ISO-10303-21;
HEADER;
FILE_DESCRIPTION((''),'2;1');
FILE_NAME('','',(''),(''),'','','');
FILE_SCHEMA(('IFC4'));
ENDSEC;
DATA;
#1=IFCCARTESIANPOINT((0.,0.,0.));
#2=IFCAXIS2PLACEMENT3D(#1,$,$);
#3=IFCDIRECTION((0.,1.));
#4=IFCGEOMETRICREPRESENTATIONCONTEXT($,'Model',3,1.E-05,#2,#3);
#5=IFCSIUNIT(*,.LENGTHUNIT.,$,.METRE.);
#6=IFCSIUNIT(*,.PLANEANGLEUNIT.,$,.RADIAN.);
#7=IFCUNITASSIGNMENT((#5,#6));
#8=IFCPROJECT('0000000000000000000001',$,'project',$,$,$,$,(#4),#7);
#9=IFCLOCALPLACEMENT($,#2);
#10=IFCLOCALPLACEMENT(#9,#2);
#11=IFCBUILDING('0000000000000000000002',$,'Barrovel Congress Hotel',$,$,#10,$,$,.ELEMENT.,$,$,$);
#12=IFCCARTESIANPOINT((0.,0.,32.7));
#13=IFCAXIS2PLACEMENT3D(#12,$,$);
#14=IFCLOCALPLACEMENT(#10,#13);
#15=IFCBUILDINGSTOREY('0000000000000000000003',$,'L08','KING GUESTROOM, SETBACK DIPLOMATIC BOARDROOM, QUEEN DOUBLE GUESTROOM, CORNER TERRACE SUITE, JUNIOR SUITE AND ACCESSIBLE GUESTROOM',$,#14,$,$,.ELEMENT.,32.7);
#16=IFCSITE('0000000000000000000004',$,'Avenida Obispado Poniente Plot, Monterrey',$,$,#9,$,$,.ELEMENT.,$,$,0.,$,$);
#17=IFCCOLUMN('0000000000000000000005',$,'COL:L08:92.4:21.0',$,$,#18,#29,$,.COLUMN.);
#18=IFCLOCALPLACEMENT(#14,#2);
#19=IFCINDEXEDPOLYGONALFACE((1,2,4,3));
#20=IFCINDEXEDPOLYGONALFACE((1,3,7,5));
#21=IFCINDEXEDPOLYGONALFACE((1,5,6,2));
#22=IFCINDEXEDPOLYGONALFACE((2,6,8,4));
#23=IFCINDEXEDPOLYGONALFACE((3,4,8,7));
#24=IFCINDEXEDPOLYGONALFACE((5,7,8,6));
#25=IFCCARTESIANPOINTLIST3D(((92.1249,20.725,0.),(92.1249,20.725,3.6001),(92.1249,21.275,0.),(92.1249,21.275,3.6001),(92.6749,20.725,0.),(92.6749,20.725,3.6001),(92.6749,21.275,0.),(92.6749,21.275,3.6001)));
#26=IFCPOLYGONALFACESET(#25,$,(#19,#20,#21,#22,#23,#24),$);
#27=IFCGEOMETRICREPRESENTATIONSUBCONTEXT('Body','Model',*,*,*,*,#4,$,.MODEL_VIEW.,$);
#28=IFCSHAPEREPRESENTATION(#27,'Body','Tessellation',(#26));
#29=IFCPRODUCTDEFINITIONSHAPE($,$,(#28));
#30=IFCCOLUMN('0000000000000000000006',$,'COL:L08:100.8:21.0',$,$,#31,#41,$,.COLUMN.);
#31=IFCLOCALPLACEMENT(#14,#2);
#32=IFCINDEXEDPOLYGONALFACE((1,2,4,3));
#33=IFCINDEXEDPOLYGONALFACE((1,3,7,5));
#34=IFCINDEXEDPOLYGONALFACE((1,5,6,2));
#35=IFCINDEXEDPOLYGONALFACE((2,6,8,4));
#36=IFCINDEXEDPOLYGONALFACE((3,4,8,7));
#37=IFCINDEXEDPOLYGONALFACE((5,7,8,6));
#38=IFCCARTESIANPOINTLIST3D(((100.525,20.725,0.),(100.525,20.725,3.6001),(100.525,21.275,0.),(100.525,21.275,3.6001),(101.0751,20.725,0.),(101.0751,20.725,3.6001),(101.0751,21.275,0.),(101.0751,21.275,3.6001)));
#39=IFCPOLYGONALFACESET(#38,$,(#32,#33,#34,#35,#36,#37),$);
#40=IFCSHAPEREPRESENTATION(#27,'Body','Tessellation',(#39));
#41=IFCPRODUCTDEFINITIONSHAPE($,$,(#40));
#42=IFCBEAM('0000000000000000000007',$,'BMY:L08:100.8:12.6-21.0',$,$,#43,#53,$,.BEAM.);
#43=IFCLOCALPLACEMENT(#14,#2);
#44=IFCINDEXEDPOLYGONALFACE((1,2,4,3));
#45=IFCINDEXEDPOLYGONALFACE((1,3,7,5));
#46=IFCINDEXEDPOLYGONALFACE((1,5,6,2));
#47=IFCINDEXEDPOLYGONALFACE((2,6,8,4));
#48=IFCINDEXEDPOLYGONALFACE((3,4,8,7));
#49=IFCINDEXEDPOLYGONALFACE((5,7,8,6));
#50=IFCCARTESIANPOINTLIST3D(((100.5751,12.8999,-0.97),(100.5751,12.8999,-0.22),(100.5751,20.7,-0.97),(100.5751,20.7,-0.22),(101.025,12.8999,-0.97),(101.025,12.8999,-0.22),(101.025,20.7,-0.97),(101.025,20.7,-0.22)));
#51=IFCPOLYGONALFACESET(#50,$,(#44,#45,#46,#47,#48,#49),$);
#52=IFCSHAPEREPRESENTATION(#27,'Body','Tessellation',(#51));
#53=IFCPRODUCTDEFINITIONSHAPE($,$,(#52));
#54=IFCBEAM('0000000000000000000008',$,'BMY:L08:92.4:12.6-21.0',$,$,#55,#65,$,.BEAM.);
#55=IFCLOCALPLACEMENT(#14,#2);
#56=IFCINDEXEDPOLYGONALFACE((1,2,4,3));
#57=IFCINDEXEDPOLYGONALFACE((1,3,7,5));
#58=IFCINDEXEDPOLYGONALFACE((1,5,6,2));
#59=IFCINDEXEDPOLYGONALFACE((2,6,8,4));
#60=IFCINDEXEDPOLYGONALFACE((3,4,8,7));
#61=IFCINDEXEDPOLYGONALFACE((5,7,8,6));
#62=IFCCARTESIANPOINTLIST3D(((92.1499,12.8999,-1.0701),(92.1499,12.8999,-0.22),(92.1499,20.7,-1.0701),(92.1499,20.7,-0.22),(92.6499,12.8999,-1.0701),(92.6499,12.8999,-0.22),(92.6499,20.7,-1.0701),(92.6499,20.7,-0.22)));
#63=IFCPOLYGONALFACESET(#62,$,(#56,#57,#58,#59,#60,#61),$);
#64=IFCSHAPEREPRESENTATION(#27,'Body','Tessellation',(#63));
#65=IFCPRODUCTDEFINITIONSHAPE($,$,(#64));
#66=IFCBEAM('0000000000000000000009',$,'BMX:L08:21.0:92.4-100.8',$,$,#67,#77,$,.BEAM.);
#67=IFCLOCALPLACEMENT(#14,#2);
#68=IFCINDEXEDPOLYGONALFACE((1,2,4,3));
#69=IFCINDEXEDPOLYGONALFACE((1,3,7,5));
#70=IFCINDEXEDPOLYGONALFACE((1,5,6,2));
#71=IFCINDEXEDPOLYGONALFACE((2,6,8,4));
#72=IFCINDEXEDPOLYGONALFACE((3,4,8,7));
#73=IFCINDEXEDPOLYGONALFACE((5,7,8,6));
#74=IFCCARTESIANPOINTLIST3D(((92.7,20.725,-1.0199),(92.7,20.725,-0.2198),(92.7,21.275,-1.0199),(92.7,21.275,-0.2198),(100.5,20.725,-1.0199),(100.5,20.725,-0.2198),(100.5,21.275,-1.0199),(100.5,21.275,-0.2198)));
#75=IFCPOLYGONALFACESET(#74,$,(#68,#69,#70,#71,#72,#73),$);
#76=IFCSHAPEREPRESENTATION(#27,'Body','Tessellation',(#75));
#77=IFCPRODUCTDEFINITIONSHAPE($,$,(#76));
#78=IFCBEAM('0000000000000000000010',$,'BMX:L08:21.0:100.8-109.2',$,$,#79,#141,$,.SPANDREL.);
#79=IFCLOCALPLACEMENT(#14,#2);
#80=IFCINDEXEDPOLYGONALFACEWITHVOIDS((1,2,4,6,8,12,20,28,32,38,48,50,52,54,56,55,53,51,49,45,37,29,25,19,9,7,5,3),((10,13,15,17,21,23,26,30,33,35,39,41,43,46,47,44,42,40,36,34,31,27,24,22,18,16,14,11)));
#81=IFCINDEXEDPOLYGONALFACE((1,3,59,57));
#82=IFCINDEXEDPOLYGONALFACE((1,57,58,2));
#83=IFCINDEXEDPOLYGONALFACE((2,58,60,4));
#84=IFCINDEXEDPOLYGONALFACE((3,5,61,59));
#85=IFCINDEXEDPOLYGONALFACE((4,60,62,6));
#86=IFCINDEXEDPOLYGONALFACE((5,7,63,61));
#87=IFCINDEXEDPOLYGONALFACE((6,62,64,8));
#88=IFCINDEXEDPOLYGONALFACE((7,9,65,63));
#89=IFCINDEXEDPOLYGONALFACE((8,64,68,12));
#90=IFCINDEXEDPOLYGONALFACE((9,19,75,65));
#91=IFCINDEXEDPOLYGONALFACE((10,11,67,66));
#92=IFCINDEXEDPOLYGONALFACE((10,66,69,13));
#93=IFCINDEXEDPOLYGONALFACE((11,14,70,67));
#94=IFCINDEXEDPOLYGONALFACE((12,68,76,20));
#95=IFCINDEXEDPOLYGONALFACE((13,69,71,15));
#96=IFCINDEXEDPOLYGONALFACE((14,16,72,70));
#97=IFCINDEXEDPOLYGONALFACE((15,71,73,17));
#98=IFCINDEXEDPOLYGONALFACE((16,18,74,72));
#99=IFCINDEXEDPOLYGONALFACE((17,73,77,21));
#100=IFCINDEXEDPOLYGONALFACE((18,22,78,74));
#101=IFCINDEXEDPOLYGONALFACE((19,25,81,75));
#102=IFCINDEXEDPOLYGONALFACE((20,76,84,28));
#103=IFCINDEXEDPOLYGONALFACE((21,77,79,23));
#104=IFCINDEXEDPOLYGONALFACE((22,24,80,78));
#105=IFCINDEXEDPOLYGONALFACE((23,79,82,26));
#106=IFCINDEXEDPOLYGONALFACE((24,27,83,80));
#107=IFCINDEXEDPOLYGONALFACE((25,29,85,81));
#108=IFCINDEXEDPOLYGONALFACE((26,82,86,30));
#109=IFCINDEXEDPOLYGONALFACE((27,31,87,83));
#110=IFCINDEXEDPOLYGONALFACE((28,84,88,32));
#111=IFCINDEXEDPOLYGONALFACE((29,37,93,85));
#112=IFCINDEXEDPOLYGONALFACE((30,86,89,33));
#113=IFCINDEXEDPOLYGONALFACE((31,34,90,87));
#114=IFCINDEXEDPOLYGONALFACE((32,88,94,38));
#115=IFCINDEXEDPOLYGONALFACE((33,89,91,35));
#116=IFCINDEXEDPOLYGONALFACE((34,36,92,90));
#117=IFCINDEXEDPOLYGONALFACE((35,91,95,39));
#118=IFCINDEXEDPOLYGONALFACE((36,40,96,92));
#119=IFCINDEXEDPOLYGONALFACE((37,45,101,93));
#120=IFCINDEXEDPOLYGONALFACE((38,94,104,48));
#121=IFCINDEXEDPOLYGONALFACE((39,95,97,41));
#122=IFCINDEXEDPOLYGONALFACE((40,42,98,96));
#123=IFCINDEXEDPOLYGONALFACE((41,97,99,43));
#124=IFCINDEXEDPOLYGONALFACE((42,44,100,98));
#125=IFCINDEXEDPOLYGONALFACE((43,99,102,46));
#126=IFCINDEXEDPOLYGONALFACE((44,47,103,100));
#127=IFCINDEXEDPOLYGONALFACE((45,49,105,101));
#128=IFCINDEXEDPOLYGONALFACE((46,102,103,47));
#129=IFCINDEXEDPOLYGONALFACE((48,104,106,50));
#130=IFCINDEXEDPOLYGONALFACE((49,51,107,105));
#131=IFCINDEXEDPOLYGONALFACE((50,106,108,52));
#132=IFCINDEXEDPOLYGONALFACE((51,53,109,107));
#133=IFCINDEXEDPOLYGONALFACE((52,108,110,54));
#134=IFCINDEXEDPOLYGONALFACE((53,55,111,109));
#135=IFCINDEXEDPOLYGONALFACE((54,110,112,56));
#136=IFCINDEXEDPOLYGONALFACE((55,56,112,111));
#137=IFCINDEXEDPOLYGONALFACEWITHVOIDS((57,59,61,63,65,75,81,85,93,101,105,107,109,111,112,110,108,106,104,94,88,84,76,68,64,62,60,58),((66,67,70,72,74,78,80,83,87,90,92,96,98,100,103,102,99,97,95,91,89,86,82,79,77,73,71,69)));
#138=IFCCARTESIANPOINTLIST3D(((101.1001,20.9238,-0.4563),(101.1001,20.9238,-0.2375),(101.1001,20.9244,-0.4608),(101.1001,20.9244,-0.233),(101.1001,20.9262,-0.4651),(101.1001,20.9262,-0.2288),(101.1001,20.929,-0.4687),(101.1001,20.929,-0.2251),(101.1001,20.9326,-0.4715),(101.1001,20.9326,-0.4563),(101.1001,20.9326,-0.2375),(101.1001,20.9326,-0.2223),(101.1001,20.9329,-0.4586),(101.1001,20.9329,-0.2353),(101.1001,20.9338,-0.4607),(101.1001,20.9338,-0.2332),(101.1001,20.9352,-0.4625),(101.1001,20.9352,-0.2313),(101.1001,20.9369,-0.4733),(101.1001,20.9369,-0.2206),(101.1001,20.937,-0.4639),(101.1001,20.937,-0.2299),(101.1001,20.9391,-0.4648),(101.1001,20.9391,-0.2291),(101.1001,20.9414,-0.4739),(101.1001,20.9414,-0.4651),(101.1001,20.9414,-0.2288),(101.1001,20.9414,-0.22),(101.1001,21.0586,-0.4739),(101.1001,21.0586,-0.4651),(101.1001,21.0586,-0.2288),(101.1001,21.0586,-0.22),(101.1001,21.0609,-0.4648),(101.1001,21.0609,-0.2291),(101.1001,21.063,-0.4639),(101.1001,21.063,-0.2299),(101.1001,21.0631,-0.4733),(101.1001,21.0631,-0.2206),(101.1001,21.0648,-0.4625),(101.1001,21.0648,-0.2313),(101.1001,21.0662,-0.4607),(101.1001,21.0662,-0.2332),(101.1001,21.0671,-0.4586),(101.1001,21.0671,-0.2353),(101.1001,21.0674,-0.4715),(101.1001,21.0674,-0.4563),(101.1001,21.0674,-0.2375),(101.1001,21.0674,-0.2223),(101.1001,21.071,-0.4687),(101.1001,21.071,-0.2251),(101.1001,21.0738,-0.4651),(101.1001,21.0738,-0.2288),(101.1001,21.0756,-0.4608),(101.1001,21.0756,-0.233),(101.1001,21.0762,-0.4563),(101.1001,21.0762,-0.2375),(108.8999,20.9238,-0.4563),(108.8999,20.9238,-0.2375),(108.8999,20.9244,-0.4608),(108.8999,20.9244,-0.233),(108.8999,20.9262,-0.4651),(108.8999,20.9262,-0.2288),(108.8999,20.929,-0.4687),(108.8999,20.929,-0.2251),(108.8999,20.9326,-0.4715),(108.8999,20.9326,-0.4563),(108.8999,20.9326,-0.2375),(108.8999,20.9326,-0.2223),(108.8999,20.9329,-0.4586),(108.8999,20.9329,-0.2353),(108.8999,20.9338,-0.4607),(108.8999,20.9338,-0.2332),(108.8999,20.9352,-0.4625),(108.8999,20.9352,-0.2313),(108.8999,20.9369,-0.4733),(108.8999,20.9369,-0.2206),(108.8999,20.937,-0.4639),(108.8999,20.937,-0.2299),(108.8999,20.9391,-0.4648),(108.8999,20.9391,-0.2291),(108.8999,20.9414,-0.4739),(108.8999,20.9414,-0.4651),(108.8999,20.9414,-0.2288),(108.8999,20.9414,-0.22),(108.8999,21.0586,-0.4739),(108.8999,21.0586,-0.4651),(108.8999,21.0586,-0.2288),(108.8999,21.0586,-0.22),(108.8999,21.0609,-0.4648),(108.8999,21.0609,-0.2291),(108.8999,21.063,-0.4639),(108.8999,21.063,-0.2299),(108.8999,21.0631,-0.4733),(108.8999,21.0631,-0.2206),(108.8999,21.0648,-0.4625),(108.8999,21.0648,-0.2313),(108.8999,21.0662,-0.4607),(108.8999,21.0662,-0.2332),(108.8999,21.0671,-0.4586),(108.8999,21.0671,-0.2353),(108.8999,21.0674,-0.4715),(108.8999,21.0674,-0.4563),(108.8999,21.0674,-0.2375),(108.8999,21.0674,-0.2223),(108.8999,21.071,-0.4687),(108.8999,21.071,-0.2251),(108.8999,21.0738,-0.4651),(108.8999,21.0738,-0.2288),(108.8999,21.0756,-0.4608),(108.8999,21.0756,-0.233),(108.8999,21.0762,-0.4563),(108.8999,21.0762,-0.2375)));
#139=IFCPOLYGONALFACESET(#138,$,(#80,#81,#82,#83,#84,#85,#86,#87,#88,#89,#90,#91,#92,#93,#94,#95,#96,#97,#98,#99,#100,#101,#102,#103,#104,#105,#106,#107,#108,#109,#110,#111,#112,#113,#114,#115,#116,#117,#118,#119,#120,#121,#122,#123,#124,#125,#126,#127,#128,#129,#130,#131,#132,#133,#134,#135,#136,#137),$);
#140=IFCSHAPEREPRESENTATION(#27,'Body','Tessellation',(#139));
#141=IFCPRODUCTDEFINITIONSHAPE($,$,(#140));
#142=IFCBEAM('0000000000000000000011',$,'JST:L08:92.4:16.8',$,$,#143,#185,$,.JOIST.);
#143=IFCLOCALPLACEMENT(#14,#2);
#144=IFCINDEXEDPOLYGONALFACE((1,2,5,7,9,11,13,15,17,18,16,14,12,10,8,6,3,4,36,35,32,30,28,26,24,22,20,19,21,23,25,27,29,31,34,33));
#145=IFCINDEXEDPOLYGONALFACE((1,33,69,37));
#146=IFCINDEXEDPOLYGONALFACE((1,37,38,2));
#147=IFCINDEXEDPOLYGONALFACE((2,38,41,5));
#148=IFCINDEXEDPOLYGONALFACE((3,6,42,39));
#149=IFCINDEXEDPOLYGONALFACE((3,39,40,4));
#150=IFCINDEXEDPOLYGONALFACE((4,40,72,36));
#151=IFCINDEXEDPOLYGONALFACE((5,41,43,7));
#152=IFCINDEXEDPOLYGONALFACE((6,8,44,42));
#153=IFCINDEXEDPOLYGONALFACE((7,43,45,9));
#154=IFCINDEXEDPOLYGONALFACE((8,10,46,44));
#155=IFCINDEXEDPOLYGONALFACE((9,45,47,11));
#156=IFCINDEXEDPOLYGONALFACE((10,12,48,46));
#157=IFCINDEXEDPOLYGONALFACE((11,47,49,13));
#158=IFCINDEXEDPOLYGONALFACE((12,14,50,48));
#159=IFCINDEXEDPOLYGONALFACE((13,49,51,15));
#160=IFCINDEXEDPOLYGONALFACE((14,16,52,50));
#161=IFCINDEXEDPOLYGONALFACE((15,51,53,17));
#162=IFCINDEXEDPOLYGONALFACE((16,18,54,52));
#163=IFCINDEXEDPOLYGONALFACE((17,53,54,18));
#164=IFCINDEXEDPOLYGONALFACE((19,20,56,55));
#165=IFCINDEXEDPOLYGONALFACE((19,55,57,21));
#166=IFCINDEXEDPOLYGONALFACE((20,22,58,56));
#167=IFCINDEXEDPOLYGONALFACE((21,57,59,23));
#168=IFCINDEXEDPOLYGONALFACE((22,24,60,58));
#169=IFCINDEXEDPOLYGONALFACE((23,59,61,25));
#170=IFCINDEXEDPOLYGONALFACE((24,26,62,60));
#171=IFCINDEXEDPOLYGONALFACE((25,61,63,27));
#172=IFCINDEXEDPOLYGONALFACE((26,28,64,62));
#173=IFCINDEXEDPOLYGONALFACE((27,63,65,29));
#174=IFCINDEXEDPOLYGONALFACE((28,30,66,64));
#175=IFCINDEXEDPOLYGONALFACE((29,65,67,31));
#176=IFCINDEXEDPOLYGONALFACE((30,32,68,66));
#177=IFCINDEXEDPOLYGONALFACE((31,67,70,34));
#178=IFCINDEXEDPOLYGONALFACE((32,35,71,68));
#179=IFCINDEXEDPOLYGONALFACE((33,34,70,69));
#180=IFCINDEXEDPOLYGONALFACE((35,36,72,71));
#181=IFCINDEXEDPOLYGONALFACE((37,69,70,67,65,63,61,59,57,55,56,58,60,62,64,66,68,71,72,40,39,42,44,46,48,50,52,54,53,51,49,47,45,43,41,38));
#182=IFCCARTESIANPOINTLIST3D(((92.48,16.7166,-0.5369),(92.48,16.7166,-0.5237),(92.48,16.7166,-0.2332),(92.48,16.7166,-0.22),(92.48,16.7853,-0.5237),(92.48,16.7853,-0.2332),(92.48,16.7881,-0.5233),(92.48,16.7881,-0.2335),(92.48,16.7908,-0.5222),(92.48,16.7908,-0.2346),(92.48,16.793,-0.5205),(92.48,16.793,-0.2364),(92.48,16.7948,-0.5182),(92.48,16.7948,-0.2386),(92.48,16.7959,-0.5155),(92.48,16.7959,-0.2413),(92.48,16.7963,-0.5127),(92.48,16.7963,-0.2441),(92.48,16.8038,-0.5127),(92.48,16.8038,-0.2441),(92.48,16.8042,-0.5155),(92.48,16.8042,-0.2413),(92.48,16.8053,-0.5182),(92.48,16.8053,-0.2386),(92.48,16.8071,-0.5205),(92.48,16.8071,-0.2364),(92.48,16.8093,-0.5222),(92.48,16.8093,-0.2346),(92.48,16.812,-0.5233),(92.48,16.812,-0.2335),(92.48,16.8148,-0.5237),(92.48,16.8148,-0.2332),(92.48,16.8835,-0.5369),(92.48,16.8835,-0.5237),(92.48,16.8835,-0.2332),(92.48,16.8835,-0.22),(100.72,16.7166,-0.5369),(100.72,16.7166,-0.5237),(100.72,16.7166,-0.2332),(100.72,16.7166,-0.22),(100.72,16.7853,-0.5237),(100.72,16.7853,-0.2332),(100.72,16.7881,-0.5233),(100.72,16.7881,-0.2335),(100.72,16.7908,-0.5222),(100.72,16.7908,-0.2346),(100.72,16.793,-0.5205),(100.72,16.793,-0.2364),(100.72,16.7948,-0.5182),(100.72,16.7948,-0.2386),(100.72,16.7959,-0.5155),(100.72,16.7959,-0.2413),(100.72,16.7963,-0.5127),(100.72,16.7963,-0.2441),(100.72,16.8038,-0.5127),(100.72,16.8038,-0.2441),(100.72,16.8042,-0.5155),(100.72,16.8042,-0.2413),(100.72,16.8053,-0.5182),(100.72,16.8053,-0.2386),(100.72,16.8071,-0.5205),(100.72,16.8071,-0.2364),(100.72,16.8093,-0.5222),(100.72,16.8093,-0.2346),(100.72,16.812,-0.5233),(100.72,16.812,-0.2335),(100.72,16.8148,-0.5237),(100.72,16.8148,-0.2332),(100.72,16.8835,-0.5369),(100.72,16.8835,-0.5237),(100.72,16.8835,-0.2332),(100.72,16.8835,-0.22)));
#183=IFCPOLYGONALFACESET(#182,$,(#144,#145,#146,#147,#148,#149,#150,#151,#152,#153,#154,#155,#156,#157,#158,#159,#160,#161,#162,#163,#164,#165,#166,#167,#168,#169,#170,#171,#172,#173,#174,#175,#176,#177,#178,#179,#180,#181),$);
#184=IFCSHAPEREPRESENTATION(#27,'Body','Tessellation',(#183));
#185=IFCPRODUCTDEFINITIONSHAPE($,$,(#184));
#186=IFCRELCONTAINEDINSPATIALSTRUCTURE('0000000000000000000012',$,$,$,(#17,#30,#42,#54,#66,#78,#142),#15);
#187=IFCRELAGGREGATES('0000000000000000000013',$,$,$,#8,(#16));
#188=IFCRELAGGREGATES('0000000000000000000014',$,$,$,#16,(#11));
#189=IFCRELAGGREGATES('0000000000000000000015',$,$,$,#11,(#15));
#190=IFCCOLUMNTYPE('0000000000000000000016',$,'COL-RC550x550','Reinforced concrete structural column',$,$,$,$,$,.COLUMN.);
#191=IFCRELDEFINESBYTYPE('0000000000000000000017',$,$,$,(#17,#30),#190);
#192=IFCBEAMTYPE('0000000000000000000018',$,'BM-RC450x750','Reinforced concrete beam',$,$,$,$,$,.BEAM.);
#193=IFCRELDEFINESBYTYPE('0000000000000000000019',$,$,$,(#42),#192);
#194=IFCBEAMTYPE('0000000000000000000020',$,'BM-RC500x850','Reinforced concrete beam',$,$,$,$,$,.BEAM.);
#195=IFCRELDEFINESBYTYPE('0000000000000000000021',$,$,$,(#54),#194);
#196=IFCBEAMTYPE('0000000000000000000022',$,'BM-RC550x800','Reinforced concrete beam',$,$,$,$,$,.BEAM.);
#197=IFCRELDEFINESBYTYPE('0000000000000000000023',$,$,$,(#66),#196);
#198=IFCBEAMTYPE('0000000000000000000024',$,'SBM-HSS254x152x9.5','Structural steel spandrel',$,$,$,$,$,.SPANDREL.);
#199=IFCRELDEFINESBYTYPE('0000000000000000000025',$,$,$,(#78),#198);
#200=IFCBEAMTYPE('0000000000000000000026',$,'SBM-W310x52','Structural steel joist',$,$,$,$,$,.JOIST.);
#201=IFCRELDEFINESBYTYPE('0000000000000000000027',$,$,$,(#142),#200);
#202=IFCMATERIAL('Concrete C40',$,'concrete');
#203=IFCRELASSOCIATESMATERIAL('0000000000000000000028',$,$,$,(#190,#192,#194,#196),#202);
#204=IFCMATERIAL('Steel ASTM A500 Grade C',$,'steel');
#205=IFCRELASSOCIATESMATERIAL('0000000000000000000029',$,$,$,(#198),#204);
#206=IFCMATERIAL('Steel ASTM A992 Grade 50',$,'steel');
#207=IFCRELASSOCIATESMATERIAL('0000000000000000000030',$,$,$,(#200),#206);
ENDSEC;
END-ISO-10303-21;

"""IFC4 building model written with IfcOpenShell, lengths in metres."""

from ifc_helpers import new_model, si_unit, direction, frame, origin, origin_2d, place, context, subcontext, project, spatial, rectangle, hollow_rectangle, i_section, extrude, material, material_profile, profile_set, type_object, element, save


model = new_model("IFC4")

# Units and contexts
model_context = context("Model", 3, precision=1e-05, world=origin(), true_north=direction((0.0, 1.0)))
body_context = subcontext(model_context, "Body", "Model", "MODEL_VIEW")
ifc_project = project(units=[si_unit("LENGTHUNIT", "METRE"), si_unit("PLANEANGLEUNIT", "RADIAN")], contexts=[model_context])

# Site, building, storey
site_placement = place(None, origin())
site = spatial("IfcSite", under=ifc_project, at=site_placement, Name="Avenida Obispado Poniente Plot, Monterrey", CompositionType="ELEMENT", RefElevation=0.0)
building_placement = place(site_placement, origin())
building = spatial("IfcBuilding", under=site, at=building_placement, Name="Barrovel Congress Hotel", CompositionType="ELEMENT")
storey_placement = place(building_placement, frame((0.0, 0.0, 32.7)))
storey = spatial("IfcBuildingStorey", under=building, at=storey_placement, Name="L08", Description="KING GUESTROOM, SETBACK DIPLOMATIC BOARDROOM, QUEEN DOUBLE GUESTROOM, CORNER TERRACE SUITE, JUNIOR SUITE AND ACCESSIBLE GUESTROOM", CompositionType="ELEMENT", Elevation=32.7)

# Columns
ifc_material_1 = material(Name="Concrete C40", Category="concrete")
ifc_material_profile_1 = material_profile(ifc_material_1, rectangle(XDim=0.55, YDim=0.55, at=origin_2d()), Name="RC550x550")
ifc_profile_set_1 = profile_set([ifc_material_profile_1], Name="Concrete C40")
column_type = type_object("IfcColumnType", Name="COL-RC550x550", Description="Reinforced concrete structural column", PredefinedType="COLUMN", material=ifc_profile_set_1)
for number, where, z_axis, x_axis, name in (
    (1, (92.3999, 21.0, 0.0), (0.0, 0.0, 1.0), (1.0, 0.0, 0.0), "COL:L08:92.4:21.0"),
    (2, (100.8, 21.0, 0.0), (0.0, 0.0, 1.0), (1.0, 0.0, 0.0), "COL:L08:100.8:21.0"),
):
    element("IfcColumn", number, at=place(storey_placement, frame(where, z_axis=z_axis, x_axis=x_axis)), inside=storey, type_object=column_type, Name=name, PredefinedType="COLUMN", context=body_context, shape_type="SweptSolid", body=[
        extrude(rectangle(XDim=0.55, YDim=0.55, at=origin_2d()), origin(), (0.0, 0.0, 1.0), 3.6001),
    ])

# Beams
ifc_material_profile_2 = material_profile(ifc_material_1, rectangle(XDim=0.45, YDim=0.75, at=origin_2d()), Name="RC450x750")
ifc_profile_set_2 = profile_set([ifc_material_profile_2], Name="Concrete C40")
beam_type_1 = type_object("IfcBeamType", Name="BM-RC450x750", Description="Reinforced concrete beam", PredefinedType="BEAM", material=ifc_profile_set_2)
beam_1_placement = place(storey_placement, frame((100.8, 12.8999, -0.595), z_axis=(0.0, 1.0, 0.0), x_axis=(-1.0, 0.0, 0.0)))
element("IfcBeam", 3, at=beam_1_placement, inside=storey, type_object=beam_type_1, Name="BMY:L08:100.8:12.6-21.0", PredefinedType="BEAM", context=body_context, shape_type="SweptSolid", body=[
    extrude(rectangle(XDim=0.45, YDim=0.75, at=origin_2d()), origin(), (0.0, 0.0, 1.0), 7.8),
])
ifc_material_profile_3 = material_profile(ifc_material_1, rectangle(XDim=0.5, YDim=0.8501, at=origin_2d()), Name="RC500x850")
ifc_profile_set_3 = profile_set([ifc_material_profile_3], Name="Concrete C40")
beam_type_2 = type_object("IfcBeamType", Name="BM-RC500x850", Description="Reinforced concrete beam", PredefinedType="BEAM", material=ifc_profile_set_3)
beam_2_placement = place(storey_placement, frame((92.3999, 12.8999, -0.645), z_axis=(0.0, 1.0, 0.0), x_axis=(-1.0, 0.0, 0.0)))
element("IfcBeam", 4, at=beam_2_placement, inside=storey, type_object=beam_type_2, Name="BMY:L08:92.4:12.6-21.0", PredefinedType="BEAM", context=body_context, shape_type="SweptSolid", body=[
    extrude(rectangle(XDim=0.5, YDim=0.8501, at=origin_2d()), origin(), (0.0, 0.0, 1.0), 7.8),
])
ifc_material_profile_4 = material_profile(ifc_material_1, rectangle(XDim=0.55, YDim=0.8, at=origin_2d()), Name="RC550x800")
ifc_profile_set_4 = profile_set([ifc_material_profile_4], Name="Concrete C40")
beam_type_3 = type_object("IfcBeamType", Name="BM-RC550x800", Description="Reinforced concrete beam", PredefinedType="BEAM", material=ifc_profile_set_4)
beam_3_placement = place(storey_placement, frame((92.7, 21.0, -0.6199), z_axis=(1.0, 0.0, 0.0), x_axis=(0.0, 1.0, 0.0)))
element("IfcBeam", 5, at=beam_3_placement, inside=storey, type_object=beam_type_3, Name="BMX:L08:21.0:92.4-100.8", PredefinedType="BEAM", context=body_context, shape_type="SweptSolid", body=[
    extrude(rectangle(XDim=0.55, YDim=0.8, at=origin_2d()), origin(), (0.0, 0.0, 1.0), 7.8),
])
ifc_material_2 = material(Name="Steel ASTM A500 Grade C", Category="steel")
ifc_material_profile_5 = material_profile(ifc_material_2, hollow_rectangle(XDim=0.1523, YDim=0.2539, WallThickness=0.0088, InnerFilletRadius=0.0088, OuterFilletRadius=0.0176, at=origin_2d()), Name="HSS254x152x9.5")
ifc_profile_set_5 = profile_set([ifc_material_profile_5], Name="Steel ASTM A500 Grade C")
beam_type_4 = type_object("IfcBeamType", Name="SBM-HSS254x152x9.5", Description="Structural steel spandrel", PredefinedType="SPANDREL", material=ifc_profile_set_5)
beam_4_placement = place(storey_placement, frame((101.1001, 21.0, -0.3469), z_axis=(1.0, 0.0, 0.0), x_axis=(0.0, 1.0, 0.0)))
element("IfcBeam", 6, at=beam_4_placement, inside=storey, type_object=beam_type_4, Name="BMX:L08:21.0:100.8-109.2", PredefinedType="SPANDREL", context=body_context, shape_type="SweptSolid", body=[
    extrude(hollow_rectangle(XDim=0.1523, YDim=0.2539, WallThickness=0.0088, InnerFilletRadius=0.0088, OuterFilletRadius=0.0176, at=origin_2d()), origin(), (0.0, 0.0, 1.0), 7.7998),
])
ifc_material_3 = material(Name="Steel ASTM A992 Grade 50", Category="steel")
ifc_material_profile_6 = material_profile(ifc_material_3, i_section(OverallWidth=0.167, OverallDepth=0.3169, WebThickness=0.0076, FlangeThickness=0.0132, FilletRadius=0.011, at=origin_2d()), Name="W310x52")
ifc_profile_set_6 = profile_set([ifc_material_profile_6], Name="Steel ASTM A992 Grade 50")
beam_type_5 = type_object("IfcBeamType", Name="SBM-W310x52", Description="Structural steel joist", PredefinedType="JOIST", material=ifc_profile_set_6)
beam_5_placement = place(storey_placement, frame((92.48, 16.8, -0.3784), z_axis=(1.0, 0.0, 0.0), x_axis=(0.0, 1.0, 0.0)))
element("IfcBeam", 7, at=beam_5_placement, inside=storey, type_object=beam_type_5, Name="JST:L08:92.4:16.8", PredefinedType="JOIST", context=body_context, shape_type="SweptSolid", body=[
    extrude(i_section(OverallWidth=0.167, OverallDepth=0.3169, WebThickness=0.0076, FlangeThickness=0.0132, FilletRadius=0.011, at=origin_2d()), origin(), (0.0, 0.0, 1.0), 8.24),
])

save(model, "model.ifc")
